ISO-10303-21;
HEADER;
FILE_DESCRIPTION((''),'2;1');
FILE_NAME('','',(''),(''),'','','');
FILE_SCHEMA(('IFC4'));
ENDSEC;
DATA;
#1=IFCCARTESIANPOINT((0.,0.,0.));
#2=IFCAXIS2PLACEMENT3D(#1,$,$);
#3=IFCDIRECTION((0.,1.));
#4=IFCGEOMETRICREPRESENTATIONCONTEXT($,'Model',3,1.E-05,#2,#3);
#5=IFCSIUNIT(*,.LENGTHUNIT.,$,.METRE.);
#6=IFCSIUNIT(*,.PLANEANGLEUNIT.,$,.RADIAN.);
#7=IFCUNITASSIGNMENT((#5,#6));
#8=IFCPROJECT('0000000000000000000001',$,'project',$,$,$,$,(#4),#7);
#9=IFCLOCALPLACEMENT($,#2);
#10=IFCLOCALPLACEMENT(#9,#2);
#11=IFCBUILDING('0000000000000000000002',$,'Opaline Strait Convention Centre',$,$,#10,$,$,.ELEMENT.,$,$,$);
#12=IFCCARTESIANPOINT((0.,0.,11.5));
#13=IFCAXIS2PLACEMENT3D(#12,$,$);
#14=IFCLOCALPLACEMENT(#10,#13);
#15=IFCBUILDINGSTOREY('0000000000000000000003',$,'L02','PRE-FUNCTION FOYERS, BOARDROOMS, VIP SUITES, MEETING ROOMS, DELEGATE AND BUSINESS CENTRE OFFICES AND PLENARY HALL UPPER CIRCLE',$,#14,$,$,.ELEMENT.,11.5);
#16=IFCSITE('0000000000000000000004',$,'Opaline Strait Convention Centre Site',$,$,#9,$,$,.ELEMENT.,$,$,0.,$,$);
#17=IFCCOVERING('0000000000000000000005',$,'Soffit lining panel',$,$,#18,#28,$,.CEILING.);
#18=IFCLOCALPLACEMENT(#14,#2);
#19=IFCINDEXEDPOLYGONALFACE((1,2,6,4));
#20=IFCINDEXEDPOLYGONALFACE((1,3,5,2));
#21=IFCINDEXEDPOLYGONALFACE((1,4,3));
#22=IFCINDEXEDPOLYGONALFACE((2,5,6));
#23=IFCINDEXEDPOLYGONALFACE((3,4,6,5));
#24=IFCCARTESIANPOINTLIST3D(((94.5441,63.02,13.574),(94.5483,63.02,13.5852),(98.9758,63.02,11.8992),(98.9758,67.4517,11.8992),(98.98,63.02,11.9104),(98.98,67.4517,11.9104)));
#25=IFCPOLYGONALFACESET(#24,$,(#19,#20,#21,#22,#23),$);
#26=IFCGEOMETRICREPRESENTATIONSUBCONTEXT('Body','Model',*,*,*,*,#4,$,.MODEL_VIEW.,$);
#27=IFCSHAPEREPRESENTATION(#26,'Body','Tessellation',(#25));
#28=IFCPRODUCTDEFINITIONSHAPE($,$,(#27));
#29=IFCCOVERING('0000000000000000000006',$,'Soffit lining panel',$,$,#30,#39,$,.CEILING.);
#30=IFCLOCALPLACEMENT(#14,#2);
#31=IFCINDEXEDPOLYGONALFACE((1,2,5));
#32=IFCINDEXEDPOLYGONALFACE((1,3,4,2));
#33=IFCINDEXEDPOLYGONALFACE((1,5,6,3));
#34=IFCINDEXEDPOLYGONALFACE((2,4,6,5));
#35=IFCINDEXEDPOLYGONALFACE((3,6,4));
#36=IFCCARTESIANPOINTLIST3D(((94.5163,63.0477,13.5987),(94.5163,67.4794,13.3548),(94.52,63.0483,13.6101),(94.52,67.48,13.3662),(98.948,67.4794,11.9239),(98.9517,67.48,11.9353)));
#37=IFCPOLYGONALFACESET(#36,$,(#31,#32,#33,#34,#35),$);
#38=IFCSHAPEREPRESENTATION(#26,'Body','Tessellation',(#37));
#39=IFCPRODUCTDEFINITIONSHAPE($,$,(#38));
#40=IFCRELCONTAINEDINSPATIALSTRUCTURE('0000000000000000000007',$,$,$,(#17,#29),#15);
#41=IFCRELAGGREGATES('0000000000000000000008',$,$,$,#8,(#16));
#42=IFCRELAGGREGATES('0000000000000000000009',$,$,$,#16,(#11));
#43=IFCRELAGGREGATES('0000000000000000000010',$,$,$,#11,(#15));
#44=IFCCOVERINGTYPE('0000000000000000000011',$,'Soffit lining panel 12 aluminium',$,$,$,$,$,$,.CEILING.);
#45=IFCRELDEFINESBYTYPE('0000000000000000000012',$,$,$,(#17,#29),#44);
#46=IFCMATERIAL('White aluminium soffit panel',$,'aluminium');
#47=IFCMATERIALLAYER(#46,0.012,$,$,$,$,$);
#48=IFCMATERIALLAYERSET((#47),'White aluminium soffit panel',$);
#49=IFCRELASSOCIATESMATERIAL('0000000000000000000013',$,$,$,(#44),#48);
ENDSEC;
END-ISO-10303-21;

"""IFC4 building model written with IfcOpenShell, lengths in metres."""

from ifc_helpers import new_model, si_unit, direction, frame, origin, place, context, subcontext, project, spatial, polyline, outline, extrude, material, layer, layer_set, type_object, element, save


model = new_model("IFC4")

# Units and contexts
model_context = context("Model", 3, precision=1e-05, world=origin(), true_north=direction((0.0, 1.0)))
body_context = subcontext(model_context, "Body", "Model", "MODEL_VIEW")
ifc_project = project(units=[si_unit("LENGTHUNIT", "METRE"), si_unit("PLANEANGLEUNIT", "RADIAN")], contexts=[model_context])

# Site, building, storey
site_placement = place(None, origin())
site = spatial("IfcSite", under=ifc_project, at=site_placement, Name="Opaline Strait Convention Centre Site", CompositionType="ELEMENT", RefElevation=0.0)
building_placement = place(site_placement, origin())
building = spatial("IfcBuilding", under=site, at=building_placement, Name="Opaline Strait Convention Centre", CompositionType="ELEMENT")
storey_placement = place(building_placement, frame((0.0, 0.0, 11.5)))
storey = spatial("IfcBuildingStorey", under=building, at=storey_placement, Name="L02", Description="PRE-FUNCTION FOYERS, BOARDROOMS, VIP SUITES, MEETING ROOMS, DELEGATE AND BUSINESS CENTRE OFFICES AND PLENARY HALL UPPER CIRCLE", CompositionType="ELEMENT", Elevation=11.5)

# Coverings
ifc_material_1 = material(Name="White aluminium soffit panel", Category="aluminium")
ifc_layer = layer(ifc_material_1, 0.012)
ifc_layer_set = layer_set([ifc_layer], Name="White aluminium soffit panel")
covering_type_1 = type_object("IfcCoveringType", Name="Soffit lining panel 12 aluminium", PredefinedType="CEILING", material=ifc_layer_set)
covering_1_placement = place(storey_placement, frame((94.5483, 63.02, 13.5852), z_axis=(0.353517, 0.0, 0.935428), x_axis=(0.683135, 0.683135, -0.25817)))
element("IfcCovering", 1, at=covering_1_placement, inside=storey, type_object=covering_type_1, Name="Soffit lining panel", PredefinedType="CEILING", context=body_context, shape_type="SweptSolid", body=[
    extrude(outline(polyline([(0.0, 0.0), (6.4872, 0.0), (3.4598, -3.2364), (0.0, 0.0)])), origin(), (0.0, 0.0, -1.0), 0.012),
])
covering_2_placement = place(storey_placement, frame((94.52, 63.0483, 13.6101), z_axis=(0.306844, 0.052301, 0.950322), x_axis=(0.0, 0.998489, -0.054952)))
element("IfcCovering", 2, at=covering_2_placement, inside=storey, type_object=covering_type_1, Name="Soffit lining panel", PredefinedType="CEILING", context=body_context, shape_type="SweptSolid", body=[
    extrude(outline(polyline([(0.0, 0.0), (4.4383, 0.0), (4.517, -4.6563), (0.0, 0.0)])), origin(), (0.0, 0.0, -1.0), 0.012),
])

save(model, "model.ifc")
